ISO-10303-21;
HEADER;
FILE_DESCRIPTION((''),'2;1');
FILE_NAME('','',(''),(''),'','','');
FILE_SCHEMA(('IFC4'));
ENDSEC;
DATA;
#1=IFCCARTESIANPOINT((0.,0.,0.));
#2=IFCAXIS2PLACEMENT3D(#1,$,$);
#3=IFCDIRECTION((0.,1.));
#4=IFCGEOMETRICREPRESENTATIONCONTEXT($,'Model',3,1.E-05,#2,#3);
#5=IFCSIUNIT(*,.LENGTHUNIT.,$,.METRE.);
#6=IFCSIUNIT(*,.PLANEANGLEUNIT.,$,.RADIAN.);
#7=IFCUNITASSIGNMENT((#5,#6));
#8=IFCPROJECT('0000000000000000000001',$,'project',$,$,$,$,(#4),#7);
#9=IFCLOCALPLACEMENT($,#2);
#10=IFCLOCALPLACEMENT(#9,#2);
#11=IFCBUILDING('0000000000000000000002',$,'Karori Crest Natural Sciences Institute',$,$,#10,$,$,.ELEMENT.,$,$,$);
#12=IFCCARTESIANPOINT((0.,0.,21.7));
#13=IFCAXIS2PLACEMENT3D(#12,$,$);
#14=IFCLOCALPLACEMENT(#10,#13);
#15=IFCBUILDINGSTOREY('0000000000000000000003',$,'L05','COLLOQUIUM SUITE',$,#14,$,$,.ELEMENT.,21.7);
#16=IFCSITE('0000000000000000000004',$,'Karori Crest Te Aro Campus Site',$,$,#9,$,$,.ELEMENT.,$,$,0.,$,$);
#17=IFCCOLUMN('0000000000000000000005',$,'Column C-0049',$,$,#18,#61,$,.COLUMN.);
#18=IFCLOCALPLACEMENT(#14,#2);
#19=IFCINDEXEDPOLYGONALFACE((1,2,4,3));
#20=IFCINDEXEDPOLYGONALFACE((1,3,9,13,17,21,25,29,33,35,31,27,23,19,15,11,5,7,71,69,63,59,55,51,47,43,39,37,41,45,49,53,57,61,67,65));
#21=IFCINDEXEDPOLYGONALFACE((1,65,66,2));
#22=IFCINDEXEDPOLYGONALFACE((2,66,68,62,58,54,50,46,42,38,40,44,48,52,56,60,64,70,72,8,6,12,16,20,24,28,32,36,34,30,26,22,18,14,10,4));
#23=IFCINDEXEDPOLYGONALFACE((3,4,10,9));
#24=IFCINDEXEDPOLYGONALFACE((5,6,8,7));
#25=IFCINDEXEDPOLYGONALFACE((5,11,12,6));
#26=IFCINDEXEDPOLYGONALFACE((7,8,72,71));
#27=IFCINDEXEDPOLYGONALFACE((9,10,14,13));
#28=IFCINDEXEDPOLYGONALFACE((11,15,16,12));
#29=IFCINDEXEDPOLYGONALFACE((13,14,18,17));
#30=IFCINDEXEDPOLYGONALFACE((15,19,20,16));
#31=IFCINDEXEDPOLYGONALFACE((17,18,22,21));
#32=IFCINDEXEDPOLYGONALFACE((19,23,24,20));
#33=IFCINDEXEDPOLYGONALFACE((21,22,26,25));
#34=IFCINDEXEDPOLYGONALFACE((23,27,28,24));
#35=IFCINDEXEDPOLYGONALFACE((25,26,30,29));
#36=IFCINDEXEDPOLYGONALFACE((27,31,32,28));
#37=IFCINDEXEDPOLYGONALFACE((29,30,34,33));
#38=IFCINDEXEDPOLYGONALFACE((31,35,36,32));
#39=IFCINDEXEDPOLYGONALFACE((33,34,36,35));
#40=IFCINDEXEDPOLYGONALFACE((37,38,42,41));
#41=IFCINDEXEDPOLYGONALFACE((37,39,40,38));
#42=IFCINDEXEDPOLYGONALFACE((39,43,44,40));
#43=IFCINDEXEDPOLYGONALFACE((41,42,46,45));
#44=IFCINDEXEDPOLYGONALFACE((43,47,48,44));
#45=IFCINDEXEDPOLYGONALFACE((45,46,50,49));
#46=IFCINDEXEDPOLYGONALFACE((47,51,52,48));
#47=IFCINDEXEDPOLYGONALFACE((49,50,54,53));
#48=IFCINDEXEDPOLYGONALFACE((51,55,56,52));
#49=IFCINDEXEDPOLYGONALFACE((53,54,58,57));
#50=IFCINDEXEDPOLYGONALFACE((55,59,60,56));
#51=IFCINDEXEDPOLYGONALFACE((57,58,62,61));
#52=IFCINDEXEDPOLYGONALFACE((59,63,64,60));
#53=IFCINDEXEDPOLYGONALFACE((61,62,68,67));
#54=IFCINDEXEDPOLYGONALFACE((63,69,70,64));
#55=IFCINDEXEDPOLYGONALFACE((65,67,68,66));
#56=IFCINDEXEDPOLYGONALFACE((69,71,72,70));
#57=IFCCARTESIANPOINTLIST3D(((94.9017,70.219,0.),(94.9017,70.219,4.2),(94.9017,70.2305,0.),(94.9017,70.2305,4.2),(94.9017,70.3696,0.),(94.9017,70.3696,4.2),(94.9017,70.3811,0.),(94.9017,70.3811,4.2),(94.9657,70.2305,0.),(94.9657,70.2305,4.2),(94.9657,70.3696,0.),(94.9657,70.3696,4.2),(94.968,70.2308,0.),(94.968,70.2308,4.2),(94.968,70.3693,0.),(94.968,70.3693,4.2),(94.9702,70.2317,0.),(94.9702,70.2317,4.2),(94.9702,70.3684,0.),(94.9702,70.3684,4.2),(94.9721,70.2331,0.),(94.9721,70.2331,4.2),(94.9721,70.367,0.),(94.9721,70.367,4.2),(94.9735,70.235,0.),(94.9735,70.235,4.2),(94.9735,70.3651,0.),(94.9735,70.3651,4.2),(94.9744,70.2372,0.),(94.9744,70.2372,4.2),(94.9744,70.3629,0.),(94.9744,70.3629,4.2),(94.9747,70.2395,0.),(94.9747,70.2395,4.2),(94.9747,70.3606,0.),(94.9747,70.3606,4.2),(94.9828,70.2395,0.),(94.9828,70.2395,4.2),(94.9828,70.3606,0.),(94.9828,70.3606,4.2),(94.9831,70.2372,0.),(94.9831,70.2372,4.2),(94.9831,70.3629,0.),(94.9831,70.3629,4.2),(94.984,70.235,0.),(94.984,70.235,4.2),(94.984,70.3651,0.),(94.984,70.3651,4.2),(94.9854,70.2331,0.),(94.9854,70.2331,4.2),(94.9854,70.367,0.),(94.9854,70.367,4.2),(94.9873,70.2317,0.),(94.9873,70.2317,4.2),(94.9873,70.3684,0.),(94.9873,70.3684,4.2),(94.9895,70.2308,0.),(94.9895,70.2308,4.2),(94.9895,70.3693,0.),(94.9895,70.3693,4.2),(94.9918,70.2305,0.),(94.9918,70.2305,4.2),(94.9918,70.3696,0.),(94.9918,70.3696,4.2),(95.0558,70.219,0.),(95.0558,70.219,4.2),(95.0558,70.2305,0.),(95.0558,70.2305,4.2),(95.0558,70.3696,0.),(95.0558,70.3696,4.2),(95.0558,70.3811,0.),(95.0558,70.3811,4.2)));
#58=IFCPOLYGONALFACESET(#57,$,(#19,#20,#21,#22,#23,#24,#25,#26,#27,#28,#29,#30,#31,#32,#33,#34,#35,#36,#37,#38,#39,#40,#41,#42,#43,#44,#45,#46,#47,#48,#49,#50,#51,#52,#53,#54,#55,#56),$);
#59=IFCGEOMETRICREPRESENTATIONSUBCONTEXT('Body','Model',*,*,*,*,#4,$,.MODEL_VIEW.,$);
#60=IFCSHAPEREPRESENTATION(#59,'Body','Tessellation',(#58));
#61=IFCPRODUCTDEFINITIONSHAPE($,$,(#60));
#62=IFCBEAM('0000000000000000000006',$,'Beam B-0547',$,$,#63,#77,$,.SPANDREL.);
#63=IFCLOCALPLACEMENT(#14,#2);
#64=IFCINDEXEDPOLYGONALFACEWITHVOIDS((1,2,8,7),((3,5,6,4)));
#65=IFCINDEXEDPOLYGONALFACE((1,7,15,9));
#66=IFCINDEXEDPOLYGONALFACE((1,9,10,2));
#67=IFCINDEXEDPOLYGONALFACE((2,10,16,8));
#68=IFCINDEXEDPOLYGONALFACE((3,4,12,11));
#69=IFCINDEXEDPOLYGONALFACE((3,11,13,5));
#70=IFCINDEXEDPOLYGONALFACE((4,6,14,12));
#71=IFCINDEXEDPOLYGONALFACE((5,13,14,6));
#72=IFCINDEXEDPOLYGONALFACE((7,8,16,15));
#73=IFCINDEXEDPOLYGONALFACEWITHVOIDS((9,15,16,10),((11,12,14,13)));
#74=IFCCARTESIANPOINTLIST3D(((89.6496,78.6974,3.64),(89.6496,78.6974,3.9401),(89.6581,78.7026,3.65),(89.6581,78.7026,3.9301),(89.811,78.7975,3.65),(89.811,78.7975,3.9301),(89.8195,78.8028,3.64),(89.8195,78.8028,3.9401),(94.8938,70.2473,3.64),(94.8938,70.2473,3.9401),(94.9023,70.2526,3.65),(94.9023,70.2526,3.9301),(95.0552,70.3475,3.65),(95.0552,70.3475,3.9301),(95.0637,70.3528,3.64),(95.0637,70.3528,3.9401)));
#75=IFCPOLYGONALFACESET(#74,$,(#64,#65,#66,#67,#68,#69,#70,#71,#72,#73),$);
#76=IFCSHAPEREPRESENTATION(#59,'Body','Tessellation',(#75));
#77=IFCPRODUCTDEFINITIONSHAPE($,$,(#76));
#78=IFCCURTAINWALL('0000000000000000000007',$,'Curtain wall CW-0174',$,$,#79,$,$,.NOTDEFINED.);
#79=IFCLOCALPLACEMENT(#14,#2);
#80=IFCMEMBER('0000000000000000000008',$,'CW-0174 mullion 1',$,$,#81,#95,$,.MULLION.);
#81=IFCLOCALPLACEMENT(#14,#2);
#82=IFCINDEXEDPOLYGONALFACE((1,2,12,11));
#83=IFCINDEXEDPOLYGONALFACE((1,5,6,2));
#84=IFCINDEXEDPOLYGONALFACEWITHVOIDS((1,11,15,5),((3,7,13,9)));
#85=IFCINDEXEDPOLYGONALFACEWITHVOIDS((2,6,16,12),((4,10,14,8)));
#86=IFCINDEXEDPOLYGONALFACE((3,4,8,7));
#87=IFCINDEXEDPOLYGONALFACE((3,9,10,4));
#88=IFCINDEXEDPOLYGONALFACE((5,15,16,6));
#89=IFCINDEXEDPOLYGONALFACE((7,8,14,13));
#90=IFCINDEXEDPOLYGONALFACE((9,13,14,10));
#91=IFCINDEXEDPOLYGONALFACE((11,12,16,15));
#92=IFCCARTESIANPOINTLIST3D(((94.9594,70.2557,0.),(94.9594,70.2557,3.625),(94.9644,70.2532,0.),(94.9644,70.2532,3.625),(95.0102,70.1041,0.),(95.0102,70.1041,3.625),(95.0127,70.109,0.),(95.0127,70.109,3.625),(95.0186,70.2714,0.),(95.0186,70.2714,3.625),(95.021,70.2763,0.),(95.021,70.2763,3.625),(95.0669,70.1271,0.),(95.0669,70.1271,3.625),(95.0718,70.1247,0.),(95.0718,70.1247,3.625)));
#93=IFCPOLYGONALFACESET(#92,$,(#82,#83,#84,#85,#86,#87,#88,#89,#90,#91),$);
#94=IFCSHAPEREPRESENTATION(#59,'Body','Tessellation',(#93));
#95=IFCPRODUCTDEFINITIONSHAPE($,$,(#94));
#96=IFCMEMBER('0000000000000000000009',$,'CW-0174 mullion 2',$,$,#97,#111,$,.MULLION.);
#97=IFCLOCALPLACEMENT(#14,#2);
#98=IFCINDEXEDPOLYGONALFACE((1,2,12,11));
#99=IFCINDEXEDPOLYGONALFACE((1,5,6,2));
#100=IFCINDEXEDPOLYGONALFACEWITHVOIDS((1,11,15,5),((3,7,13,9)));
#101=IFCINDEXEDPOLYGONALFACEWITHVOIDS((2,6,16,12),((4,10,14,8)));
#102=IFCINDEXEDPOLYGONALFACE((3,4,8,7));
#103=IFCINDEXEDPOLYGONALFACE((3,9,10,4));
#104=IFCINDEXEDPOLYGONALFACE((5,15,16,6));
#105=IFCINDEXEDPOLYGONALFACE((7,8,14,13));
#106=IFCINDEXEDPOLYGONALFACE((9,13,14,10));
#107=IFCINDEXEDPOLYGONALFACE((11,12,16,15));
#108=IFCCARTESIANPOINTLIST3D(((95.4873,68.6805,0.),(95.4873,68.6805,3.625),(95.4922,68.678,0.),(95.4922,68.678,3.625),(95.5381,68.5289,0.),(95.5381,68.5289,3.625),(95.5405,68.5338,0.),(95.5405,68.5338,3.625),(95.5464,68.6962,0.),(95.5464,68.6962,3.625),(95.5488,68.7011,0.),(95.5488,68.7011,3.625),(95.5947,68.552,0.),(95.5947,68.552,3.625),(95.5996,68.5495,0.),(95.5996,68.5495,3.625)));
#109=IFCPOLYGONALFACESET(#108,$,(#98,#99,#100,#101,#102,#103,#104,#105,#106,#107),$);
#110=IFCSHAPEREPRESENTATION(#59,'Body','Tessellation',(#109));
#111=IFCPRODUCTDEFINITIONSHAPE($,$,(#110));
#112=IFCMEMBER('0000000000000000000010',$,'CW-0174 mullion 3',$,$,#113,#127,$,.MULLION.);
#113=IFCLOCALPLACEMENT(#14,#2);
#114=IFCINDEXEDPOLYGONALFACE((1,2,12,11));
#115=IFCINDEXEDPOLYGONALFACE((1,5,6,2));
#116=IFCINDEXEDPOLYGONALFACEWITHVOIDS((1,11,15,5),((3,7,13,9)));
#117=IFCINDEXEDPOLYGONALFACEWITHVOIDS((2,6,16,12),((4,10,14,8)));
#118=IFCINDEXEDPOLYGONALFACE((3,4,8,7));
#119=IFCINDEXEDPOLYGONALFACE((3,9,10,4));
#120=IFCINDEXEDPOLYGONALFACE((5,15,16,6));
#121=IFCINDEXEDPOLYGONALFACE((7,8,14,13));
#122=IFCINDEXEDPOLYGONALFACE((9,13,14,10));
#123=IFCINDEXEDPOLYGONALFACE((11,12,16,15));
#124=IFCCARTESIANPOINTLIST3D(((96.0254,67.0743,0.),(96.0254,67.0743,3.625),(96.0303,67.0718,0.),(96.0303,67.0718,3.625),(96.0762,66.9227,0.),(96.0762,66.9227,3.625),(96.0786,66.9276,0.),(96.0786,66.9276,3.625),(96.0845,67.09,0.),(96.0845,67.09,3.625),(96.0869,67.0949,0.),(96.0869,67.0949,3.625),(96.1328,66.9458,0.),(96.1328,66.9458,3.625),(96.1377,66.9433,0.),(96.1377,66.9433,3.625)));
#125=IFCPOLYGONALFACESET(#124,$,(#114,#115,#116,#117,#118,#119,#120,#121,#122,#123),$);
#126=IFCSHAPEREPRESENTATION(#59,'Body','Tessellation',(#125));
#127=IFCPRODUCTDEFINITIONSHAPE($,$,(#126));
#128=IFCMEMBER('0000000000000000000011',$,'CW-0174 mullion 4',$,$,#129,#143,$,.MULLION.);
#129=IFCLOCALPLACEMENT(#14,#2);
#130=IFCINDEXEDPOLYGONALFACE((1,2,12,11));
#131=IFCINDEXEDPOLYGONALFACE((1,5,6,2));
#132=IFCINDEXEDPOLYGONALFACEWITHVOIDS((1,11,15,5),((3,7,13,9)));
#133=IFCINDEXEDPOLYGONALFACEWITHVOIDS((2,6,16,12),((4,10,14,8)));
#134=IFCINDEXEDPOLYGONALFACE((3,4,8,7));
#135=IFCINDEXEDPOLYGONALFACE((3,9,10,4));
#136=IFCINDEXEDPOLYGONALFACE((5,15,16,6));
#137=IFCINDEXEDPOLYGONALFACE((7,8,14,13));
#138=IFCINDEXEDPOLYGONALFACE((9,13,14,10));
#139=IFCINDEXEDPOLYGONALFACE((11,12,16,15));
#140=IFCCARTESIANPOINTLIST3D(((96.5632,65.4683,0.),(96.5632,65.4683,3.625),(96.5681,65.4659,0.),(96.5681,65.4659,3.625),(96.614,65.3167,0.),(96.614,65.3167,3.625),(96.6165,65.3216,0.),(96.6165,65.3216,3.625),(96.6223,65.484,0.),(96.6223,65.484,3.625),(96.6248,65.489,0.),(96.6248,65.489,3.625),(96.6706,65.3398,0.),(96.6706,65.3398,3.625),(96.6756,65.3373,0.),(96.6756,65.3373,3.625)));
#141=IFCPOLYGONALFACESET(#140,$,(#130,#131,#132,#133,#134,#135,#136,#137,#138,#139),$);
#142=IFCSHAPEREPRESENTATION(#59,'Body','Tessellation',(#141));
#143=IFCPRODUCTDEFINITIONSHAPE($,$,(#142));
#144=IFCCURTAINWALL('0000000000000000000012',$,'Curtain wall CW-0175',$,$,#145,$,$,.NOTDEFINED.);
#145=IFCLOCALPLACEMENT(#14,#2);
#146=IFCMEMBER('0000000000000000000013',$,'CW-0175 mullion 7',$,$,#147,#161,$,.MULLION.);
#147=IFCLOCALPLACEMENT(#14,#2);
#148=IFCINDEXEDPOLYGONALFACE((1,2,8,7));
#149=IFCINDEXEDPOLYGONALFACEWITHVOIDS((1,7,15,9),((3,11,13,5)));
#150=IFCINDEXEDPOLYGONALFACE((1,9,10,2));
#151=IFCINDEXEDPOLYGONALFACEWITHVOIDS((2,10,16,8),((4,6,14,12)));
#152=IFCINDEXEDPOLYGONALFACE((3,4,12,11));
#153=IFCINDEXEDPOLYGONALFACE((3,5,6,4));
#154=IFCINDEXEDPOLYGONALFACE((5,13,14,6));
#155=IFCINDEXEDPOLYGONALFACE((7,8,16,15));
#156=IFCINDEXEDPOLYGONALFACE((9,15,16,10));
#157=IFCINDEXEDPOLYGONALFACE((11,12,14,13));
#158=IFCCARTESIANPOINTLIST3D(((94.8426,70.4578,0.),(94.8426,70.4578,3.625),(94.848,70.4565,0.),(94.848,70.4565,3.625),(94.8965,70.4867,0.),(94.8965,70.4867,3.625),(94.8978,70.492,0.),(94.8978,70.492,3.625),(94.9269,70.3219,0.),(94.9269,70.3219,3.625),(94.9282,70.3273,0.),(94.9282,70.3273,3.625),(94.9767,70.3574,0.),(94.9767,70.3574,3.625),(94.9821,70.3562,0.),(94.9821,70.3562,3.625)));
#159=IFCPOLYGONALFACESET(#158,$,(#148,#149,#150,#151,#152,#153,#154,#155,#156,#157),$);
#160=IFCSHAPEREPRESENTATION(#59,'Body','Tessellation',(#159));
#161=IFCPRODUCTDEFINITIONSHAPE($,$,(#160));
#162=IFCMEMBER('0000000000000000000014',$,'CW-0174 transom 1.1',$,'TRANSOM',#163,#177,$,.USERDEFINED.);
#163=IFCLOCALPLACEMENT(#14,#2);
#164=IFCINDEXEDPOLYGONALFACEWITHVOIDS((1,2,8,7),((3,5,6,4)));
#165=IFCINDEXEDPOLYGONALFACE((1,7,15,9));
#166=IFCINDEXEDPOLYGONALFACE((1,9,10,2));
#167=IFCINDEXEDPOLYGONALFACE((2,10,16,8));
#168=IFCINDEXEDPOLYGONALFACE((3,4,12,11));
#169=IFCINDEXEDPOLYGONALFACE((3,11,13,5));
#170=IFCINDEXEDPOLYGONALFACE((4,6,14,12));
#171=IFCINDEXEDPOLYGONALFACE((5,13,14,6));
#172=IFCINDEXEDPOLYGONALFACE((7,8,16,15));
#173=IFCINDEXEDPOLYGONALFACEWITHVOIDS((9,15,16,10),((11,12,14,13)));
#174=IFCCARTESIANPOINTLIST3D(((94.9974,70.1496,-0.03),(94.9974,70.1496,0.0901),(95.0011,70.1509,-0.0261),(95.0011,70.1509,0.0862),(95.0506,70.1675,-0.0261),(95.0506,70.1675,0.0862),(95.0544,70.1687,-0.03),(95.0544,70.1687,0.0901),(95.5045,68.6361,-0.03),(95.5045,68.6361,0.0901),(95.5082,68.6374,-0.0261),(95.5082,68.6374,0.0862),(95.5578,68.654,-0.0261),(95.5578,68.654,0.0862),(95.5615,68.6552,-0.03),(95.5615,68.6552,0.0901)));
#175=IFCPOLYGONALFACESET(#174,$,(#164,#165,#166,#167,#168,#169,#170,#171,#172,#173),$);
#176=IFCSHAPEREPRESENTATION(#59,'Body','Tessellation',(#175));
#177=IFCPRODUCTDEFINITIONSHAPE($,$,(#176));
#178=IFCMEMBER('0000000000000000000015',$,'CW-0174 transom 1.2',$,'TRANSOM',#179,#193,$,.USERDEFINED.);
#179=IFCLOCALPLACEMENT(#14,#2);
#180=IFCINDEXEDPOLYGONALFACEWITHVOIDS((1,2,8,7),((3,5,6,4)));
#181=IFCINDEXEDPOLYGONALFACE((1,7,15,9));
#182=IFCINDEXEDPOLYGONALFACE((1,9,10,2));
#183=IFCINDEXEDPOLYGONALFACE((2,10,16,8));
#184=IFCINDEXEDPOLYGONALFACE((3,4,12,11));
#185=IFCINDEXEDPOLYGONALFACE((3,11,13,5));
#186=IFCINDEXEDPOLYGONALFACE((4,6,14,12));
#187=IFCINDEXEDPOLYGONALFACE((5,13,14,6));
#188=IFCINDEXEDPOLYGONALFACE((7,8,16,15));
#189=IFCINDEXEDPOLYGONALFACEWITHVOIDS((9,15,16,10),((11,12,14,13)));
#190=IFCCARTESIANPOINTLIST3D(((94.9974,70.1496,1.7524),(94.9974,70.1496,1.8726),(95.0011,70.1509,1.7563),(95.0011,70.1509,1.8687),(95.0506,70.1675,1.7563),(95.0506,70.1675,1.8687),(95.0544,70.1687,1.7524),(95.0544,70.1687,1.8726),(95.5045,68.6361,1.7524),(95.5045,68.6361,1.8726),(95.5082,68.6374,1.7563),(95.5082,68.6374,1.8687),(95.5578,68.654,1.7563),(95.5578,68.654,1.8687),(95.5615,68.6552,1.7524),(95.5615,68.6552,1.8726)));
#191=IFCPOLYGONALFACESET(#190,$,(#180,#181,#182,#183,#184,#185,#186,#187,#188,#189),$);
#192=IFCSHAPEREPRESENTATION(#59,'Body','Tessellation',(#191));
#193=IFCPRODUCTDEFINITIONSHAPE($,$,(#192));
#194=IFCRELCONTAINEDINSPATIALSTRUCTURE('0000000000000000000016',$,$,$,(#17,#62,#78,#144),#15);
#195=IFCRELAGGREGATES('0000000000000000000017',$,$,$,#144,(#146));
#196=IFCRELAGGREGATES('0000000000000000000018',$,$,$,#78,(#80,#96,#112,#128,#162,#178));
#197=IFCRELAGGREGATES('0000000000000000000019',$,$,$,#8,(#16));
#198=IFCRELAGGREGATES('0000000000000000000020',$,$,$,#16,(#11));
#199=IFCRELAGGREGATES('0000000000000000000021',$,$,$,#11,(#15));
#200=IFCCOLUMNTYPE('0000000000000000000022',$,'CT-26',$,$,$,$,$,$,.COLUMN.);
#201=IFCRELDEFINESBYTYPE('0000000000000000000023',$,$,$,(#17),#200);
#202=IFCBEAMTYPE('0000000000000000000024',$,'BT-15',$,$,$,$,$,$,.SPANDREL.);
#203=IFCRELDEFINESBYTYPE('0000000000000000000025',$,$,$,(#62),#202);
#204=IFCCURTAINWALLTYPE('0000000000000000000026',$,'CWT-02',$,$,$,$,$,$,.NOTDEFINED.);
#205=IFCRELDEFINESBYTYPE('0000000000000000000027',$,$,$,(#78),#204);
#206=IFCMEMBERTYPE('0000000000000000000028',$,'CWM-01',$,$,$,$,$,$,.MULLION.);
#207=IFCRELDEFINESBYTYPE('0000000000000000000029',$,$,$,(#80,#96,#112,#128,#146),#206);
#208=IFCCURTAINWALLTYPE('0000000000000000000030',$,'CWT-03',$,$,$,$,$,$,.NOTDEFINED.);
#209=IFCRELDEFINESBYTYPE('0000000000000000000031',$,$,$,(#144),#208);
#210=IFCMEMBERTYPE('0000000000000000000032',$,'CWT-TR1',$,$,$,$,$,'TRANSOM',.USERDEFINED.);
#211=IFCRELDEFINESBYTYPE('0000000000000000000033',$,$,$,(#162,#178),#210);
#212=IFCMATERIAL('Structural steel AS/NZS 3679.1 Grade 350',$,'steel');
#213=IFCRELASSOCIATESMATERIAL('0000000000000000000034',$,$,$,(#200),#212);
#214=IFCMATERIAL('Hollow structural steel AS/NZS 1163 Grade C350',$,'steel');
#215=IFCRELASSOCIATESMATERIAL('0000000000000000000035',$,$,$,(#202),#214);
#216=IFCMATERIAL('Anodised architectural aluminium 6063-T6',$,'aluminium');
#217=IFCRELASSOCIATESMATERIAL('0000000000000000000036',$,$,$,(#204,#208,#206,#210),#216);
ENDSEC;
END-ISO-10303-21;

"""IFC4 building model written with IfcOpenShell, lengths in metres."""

from ifc_helpers import new_model, si_unit, direction, frame, origin, origin_2d, place, context, subcontext, project, spatial, hollow_rectangle, i_section, extrude, material, material_profile, profile_set, type_object, element, aggregate, save


model = new_model("IFC4")

# Units and contexts
model_context = context("Model", 3, precision=1e-05, world=origin(), true_north=direction((0.0, 1.0)))
body_context = subcontext(model_context, "Body", "Model", "MODEL_VIEW")
ifc_project = project(units=[si_unit("LENGTHUNIT", "METRE"), si_unit("PLANEANGLEUNIT", "RADIAN")], contexts=[model_context])

# Site, building, storey
site_placement = place(None, origin())
site = spatial("IfcSite", under=ifc_project, at=site_placement, Name="Karori Crest Te Aro Campus Site", CompositionType="ELEMENT", RefElevation=0.0)
building_placement = place(site_placement, origin())
building = spatial("IfcBuilding", under=site, at=building_placement, Name="Karori Crest Natural Sciences Institute", CompositionType="ELEMENT")
storey_placement = place(building_placement, frame((0.0, 0.0, 21.7)))
storey = spatial("IfcBuildingStorey", under=building, at=storey_placement, Name="L05", Description="COLLOQUIUM SUITE", CompositionType="ELEMENT", Elevation=21.7)

# Column
ifc_material_1 = material(Name="Structural steel AS/NZS 3679.1 Grade 350", Category="steel")
ifc_material_profile_1 = material_profile(ifc_material_1, i_section(OverallWidth=0.1541, OverallDepth=0.1621, WebThickness=0.0081, FlangeThickness=0.0115, FilletRadius=0.009, at=origin_2d()), Name="150UC37.2")
ifc_profile_set_1 = profile_set([ifc_material_profile_1], Name="Structural steel AS/NZS 3679.1 Grade 350")
column_type = type_object("IfcColumnType", Name="CT-26", PredefinedType="COLUMN", material=ifc_profile_set_1)
column_placement = place(storey_placement, frame((94.9788, 70.3, 0.0), z_axis=(0.0, 0.0, 1.0), x_axis=(1.0, 0.0, 0.0)))
element("IfcColumn", 1, at=column_placement, inside=storey, type_object=column_type, Name="Column C-0049", PredefinedType="COLUMN", context=body_context, shape_type="SweptSolid", body=[
    extrude(i_section(OverallWidth=0.1541, OverallDepth=0.1621, WebThickness=0.0081, FlangeThickness=0.0115, FilletRadius=0.009, at=origin_2d()), origin(), (0.0, 0.0, 1.0), 4.2),
])

# Beam
ifc_material_2 = material(Name="Hollow structural steel AS/NZS 1163 Grade C350", Category="steel")
ifc_material_profile_2 = material_profile(ifc_material_2, hollow_rectangle(XDim=0.2, YDim=0.3, WallThickness=0.01, at=origin_2d()), Name="RHS300x200x10")
ifc_profile_set_2 = profile_set([ifc_material_profile_2], Name="Hollow structural steel AS/NZS 1163 Grade C350")
beam_type = type_object("IfcBeamType", Name="BT-15", PredefinedType="SPANDREL", material=ifc_profile_set_2)
beam_placement = place(storey_placement, frame((94.9788, 70.3, 3.79), z_axis=(-0.527315, 0.84967, 0.0), x_axis=(-0.84967, -0.527315, 0.0)))
element("IfcBeam", 2, at=beam_placement, inside=storey, type_object=beam_type, Name="Beam B-0547", PredefinedType="SPANDREL", context=body_context, shape_type="SweptSolid", body=[
    extrude(hollow_rectangle(XDim=0.2, YDim=0.3, WallThickness=0.01, at=origin_2d()), origin(), (0.0, 0.0, 1.0), 9.9451),
])

# Curtain wall, members
ifc_material_3 = material(Name="Anodised architectural aluminium 6063-T6", Category="aluminium")
curtain_wall_type_1 = type_object("IfcCurtainWallType", Name="CWT-02", PredefinedType="NOTDEFINED", material=ifc_material_3)
curtain_wall_1_placement = place(storey_placement, origin())
curtain_wall_1 = element("IfcCurtainWall", 3, at=curtain_wall_1_placement, inside=storey, type_object=curtain_wall_type_1, Name="Curtain wall CW-0174", PredefinedType="NOTDEFINED")
ifc_material_profile_3 = material_profile(ifc_material_3, hollow_rectangle(XDim=0.0649, YDim=0.1599, WallThickness=0.0039, at=origin_2d()), Name="CWM160x65x4")
ifc_profile_set_3 = profile_set([ifc_material_profile_3], Name="Anodised architectural aluminium 6063-T6")
member_type_1 = type_object("IfcMemberType", Name="CWM-01", PredefinedType="MULLION", material=ifc_profile_set_3)
member_1_placement = place(storey_placement, frame((95.0156, 70.1902, 0.0), z_axis=(0.0, 0.0, 1.0), x_axis=(0.948198, 0.31768, 0.0)))
member_1 = element("IfcMember", 4, at=member_1_placement, type_object=member_type_1, Name="CW-0174 mullion 1", PredefinedType="MULLION", context=body_context, shape_type="SweptSolid", body=[
    extrude(hollow_rectangle(XDim=0.0649, YDim=0.1599, WallThickness=0.0039, at=origin_2d()), origin(), (0.0, 0.0, 1.0), 3.625),
])
member_2_placement = place(storey_placement, frame((95.5435, 68.615, 0.0), z_axis=(0.0, 0.0, 1.0), x_axis=(0.948198, 0.31768, 0.0)))
member_2 = element("IfcMember", 5, at=member_2_placement, type_object=member_type_1, Name="CW-0174 mullion 2", PredefinedType="MULLION", context=body_context, shape_type="SweptSolid", body=[
    extrude(hollow_rectangle(XDim=0.0649, YDim=0.1599, WallThickness=0.0039, at=origin_2d()), origin(), (0.0, 0.0, 1.0), 3.625),
])
member_3_placement = place(storey_placement, frame((96.0815, 67.0088, 0.0), z_axis=(0.0, 0.0, 1.0), x_axis=(0.948198, 0.31768, 0.0)))
member_3 = element("IfcMember", 6, at=member_3_placement, type_object=member_type_1, Name="CW-0174 mullion 3", PredefinedType="MULLION", context=body_context, shape_type="SweptSolid", body=[
    extrude(hollow_rectangle(XDim=0.0649, YDim=0.1599, WallThickness=0.0039, at=origin_2d()), origin(), (0.0, 0.0, 1.0), 3.625),
])
member_4_placement = place(storey_placement, frame((96.6194, 65.4028, 0.0), z_axis=(0.0, 0.0, 1.0), x_axis=(0.948198, 0.31768, 0.0)))
member_4 = element("IfcMember", 7, at=member_4_placement, type_object=member_type_1, Name="CW-0174 mullion 4", PredefinedType="MULLION", context=body_context, shape_type="SweptSolid", body=[
    extrude(hollow_rectangle(XDim=0.0649, YDim=0.1599, WallThickness=0.0039, at=origin_2d()), origin(), (0.0, 0.0, 1.0), 3.625),
])

# Curtain wall, member
curtain_wall_type_2 = type_object("IfcCurtainWallType", Name="CWT-03", PredefinedType="NOTDEFINED", material=ifc_material_3)
curtain_wall_2_placement = place(storey_placement, origin())
curtain_wall_2 = element("IfcCurtainWall", 8, at=curtain_wall_2_placement, inside=storey, type_object=curtain_wall_type_2, Name="Curtain wall CW-0175", PredefinedType="NOTDEFINED")
member_5_placement = place(storey_placement, frame((94.9124, 70.407, 0.0), z_axis=(0.0, 0.0, 1.0), x_axis=(0.849662, 0.527328, 0.0)))
member_5 = element("IfcMember", 9, at=member_5_placement, type_object=member_type_1, Name="CW-0175 mullion 7", PredefinedType="MULLION", context=body_context, shape_type="SweptSolid", body=[
    extrude(hollow_rectangle(XDim=0.0649, YDim=0.1599, WallThickness=0.0039, at=origin_2d()), origin(), (0.0, 0.0, 1.0), 3.625),
])
aggregate(curtain_wall_2, [member_5])

# Members
ifc_material_profile_4 = material_profile(ifc_material_3, hollow_rectangle(XDim=0.0601, YDim=0.1201, WallThickness=0.0039, at=origin_2d()), Name="CWT120x60x4")
ifc_profile_set_4 = profile_set([ifc_material_profile_4], Name="Anodised architectural aluminium 6063-T6")
member_type_2 = type_object("IfcMemberType", Name="CWT-TR1", ElementType="TRANSOM", PredefinedType="USERDEFINED", material=ifc_profile_set_4)
member_6_placement = place(storey_placement, frame((95.0259, 70.1592, 0.03), z_axis=(0.317696, -0.948193, 0.0), x_axis=(0.948193, 0.317696, 0.0)))
member_6 = element("IfcMember", 10, at=member_6_placement, type_object=member_type_2, Name="CW-0174 transom 1.1", ObjectType="TRANSOM", PredefinedType="USERDEFINED", context=body_context, shape_type="SweptSolid", body=[
    extrude(hollow_rectangle(XDim=0.0601, YDim=0.1201, WallThickness=0.0039, at=origin_2d()), origin(), (0.0, 0.0, 1.0), 1.5962),
])
member_7_placement = place(storey_placement, frame((95.0259, 70.1592, 1.8125), z_axis=(0.317696, -0.948193, 0.0), x_axis=(0.948193, 0.317696, 0.0)))
member_7 = element("IfcMember", 11, at=member_7_placement, type_object=member_type_2, Name="CW-0174 transom 1.2", ObjectType="TRANSOM", PredefinedType="USERDEFINED", context=body_context, shape_type="SweptSolid", body=[
    extrude(hollow_rectangle(XDim=0.0601, YDim=0.1201, WallThickness=0.0039, at=origin_2d()), origin(), (0.0, 0.0, 1.0), 1.5962),
])

aggregate(curtain_wall_1, [member_1, member_2, member_3, member_4, member_6, member_7])

save(model, "model.ifc")
